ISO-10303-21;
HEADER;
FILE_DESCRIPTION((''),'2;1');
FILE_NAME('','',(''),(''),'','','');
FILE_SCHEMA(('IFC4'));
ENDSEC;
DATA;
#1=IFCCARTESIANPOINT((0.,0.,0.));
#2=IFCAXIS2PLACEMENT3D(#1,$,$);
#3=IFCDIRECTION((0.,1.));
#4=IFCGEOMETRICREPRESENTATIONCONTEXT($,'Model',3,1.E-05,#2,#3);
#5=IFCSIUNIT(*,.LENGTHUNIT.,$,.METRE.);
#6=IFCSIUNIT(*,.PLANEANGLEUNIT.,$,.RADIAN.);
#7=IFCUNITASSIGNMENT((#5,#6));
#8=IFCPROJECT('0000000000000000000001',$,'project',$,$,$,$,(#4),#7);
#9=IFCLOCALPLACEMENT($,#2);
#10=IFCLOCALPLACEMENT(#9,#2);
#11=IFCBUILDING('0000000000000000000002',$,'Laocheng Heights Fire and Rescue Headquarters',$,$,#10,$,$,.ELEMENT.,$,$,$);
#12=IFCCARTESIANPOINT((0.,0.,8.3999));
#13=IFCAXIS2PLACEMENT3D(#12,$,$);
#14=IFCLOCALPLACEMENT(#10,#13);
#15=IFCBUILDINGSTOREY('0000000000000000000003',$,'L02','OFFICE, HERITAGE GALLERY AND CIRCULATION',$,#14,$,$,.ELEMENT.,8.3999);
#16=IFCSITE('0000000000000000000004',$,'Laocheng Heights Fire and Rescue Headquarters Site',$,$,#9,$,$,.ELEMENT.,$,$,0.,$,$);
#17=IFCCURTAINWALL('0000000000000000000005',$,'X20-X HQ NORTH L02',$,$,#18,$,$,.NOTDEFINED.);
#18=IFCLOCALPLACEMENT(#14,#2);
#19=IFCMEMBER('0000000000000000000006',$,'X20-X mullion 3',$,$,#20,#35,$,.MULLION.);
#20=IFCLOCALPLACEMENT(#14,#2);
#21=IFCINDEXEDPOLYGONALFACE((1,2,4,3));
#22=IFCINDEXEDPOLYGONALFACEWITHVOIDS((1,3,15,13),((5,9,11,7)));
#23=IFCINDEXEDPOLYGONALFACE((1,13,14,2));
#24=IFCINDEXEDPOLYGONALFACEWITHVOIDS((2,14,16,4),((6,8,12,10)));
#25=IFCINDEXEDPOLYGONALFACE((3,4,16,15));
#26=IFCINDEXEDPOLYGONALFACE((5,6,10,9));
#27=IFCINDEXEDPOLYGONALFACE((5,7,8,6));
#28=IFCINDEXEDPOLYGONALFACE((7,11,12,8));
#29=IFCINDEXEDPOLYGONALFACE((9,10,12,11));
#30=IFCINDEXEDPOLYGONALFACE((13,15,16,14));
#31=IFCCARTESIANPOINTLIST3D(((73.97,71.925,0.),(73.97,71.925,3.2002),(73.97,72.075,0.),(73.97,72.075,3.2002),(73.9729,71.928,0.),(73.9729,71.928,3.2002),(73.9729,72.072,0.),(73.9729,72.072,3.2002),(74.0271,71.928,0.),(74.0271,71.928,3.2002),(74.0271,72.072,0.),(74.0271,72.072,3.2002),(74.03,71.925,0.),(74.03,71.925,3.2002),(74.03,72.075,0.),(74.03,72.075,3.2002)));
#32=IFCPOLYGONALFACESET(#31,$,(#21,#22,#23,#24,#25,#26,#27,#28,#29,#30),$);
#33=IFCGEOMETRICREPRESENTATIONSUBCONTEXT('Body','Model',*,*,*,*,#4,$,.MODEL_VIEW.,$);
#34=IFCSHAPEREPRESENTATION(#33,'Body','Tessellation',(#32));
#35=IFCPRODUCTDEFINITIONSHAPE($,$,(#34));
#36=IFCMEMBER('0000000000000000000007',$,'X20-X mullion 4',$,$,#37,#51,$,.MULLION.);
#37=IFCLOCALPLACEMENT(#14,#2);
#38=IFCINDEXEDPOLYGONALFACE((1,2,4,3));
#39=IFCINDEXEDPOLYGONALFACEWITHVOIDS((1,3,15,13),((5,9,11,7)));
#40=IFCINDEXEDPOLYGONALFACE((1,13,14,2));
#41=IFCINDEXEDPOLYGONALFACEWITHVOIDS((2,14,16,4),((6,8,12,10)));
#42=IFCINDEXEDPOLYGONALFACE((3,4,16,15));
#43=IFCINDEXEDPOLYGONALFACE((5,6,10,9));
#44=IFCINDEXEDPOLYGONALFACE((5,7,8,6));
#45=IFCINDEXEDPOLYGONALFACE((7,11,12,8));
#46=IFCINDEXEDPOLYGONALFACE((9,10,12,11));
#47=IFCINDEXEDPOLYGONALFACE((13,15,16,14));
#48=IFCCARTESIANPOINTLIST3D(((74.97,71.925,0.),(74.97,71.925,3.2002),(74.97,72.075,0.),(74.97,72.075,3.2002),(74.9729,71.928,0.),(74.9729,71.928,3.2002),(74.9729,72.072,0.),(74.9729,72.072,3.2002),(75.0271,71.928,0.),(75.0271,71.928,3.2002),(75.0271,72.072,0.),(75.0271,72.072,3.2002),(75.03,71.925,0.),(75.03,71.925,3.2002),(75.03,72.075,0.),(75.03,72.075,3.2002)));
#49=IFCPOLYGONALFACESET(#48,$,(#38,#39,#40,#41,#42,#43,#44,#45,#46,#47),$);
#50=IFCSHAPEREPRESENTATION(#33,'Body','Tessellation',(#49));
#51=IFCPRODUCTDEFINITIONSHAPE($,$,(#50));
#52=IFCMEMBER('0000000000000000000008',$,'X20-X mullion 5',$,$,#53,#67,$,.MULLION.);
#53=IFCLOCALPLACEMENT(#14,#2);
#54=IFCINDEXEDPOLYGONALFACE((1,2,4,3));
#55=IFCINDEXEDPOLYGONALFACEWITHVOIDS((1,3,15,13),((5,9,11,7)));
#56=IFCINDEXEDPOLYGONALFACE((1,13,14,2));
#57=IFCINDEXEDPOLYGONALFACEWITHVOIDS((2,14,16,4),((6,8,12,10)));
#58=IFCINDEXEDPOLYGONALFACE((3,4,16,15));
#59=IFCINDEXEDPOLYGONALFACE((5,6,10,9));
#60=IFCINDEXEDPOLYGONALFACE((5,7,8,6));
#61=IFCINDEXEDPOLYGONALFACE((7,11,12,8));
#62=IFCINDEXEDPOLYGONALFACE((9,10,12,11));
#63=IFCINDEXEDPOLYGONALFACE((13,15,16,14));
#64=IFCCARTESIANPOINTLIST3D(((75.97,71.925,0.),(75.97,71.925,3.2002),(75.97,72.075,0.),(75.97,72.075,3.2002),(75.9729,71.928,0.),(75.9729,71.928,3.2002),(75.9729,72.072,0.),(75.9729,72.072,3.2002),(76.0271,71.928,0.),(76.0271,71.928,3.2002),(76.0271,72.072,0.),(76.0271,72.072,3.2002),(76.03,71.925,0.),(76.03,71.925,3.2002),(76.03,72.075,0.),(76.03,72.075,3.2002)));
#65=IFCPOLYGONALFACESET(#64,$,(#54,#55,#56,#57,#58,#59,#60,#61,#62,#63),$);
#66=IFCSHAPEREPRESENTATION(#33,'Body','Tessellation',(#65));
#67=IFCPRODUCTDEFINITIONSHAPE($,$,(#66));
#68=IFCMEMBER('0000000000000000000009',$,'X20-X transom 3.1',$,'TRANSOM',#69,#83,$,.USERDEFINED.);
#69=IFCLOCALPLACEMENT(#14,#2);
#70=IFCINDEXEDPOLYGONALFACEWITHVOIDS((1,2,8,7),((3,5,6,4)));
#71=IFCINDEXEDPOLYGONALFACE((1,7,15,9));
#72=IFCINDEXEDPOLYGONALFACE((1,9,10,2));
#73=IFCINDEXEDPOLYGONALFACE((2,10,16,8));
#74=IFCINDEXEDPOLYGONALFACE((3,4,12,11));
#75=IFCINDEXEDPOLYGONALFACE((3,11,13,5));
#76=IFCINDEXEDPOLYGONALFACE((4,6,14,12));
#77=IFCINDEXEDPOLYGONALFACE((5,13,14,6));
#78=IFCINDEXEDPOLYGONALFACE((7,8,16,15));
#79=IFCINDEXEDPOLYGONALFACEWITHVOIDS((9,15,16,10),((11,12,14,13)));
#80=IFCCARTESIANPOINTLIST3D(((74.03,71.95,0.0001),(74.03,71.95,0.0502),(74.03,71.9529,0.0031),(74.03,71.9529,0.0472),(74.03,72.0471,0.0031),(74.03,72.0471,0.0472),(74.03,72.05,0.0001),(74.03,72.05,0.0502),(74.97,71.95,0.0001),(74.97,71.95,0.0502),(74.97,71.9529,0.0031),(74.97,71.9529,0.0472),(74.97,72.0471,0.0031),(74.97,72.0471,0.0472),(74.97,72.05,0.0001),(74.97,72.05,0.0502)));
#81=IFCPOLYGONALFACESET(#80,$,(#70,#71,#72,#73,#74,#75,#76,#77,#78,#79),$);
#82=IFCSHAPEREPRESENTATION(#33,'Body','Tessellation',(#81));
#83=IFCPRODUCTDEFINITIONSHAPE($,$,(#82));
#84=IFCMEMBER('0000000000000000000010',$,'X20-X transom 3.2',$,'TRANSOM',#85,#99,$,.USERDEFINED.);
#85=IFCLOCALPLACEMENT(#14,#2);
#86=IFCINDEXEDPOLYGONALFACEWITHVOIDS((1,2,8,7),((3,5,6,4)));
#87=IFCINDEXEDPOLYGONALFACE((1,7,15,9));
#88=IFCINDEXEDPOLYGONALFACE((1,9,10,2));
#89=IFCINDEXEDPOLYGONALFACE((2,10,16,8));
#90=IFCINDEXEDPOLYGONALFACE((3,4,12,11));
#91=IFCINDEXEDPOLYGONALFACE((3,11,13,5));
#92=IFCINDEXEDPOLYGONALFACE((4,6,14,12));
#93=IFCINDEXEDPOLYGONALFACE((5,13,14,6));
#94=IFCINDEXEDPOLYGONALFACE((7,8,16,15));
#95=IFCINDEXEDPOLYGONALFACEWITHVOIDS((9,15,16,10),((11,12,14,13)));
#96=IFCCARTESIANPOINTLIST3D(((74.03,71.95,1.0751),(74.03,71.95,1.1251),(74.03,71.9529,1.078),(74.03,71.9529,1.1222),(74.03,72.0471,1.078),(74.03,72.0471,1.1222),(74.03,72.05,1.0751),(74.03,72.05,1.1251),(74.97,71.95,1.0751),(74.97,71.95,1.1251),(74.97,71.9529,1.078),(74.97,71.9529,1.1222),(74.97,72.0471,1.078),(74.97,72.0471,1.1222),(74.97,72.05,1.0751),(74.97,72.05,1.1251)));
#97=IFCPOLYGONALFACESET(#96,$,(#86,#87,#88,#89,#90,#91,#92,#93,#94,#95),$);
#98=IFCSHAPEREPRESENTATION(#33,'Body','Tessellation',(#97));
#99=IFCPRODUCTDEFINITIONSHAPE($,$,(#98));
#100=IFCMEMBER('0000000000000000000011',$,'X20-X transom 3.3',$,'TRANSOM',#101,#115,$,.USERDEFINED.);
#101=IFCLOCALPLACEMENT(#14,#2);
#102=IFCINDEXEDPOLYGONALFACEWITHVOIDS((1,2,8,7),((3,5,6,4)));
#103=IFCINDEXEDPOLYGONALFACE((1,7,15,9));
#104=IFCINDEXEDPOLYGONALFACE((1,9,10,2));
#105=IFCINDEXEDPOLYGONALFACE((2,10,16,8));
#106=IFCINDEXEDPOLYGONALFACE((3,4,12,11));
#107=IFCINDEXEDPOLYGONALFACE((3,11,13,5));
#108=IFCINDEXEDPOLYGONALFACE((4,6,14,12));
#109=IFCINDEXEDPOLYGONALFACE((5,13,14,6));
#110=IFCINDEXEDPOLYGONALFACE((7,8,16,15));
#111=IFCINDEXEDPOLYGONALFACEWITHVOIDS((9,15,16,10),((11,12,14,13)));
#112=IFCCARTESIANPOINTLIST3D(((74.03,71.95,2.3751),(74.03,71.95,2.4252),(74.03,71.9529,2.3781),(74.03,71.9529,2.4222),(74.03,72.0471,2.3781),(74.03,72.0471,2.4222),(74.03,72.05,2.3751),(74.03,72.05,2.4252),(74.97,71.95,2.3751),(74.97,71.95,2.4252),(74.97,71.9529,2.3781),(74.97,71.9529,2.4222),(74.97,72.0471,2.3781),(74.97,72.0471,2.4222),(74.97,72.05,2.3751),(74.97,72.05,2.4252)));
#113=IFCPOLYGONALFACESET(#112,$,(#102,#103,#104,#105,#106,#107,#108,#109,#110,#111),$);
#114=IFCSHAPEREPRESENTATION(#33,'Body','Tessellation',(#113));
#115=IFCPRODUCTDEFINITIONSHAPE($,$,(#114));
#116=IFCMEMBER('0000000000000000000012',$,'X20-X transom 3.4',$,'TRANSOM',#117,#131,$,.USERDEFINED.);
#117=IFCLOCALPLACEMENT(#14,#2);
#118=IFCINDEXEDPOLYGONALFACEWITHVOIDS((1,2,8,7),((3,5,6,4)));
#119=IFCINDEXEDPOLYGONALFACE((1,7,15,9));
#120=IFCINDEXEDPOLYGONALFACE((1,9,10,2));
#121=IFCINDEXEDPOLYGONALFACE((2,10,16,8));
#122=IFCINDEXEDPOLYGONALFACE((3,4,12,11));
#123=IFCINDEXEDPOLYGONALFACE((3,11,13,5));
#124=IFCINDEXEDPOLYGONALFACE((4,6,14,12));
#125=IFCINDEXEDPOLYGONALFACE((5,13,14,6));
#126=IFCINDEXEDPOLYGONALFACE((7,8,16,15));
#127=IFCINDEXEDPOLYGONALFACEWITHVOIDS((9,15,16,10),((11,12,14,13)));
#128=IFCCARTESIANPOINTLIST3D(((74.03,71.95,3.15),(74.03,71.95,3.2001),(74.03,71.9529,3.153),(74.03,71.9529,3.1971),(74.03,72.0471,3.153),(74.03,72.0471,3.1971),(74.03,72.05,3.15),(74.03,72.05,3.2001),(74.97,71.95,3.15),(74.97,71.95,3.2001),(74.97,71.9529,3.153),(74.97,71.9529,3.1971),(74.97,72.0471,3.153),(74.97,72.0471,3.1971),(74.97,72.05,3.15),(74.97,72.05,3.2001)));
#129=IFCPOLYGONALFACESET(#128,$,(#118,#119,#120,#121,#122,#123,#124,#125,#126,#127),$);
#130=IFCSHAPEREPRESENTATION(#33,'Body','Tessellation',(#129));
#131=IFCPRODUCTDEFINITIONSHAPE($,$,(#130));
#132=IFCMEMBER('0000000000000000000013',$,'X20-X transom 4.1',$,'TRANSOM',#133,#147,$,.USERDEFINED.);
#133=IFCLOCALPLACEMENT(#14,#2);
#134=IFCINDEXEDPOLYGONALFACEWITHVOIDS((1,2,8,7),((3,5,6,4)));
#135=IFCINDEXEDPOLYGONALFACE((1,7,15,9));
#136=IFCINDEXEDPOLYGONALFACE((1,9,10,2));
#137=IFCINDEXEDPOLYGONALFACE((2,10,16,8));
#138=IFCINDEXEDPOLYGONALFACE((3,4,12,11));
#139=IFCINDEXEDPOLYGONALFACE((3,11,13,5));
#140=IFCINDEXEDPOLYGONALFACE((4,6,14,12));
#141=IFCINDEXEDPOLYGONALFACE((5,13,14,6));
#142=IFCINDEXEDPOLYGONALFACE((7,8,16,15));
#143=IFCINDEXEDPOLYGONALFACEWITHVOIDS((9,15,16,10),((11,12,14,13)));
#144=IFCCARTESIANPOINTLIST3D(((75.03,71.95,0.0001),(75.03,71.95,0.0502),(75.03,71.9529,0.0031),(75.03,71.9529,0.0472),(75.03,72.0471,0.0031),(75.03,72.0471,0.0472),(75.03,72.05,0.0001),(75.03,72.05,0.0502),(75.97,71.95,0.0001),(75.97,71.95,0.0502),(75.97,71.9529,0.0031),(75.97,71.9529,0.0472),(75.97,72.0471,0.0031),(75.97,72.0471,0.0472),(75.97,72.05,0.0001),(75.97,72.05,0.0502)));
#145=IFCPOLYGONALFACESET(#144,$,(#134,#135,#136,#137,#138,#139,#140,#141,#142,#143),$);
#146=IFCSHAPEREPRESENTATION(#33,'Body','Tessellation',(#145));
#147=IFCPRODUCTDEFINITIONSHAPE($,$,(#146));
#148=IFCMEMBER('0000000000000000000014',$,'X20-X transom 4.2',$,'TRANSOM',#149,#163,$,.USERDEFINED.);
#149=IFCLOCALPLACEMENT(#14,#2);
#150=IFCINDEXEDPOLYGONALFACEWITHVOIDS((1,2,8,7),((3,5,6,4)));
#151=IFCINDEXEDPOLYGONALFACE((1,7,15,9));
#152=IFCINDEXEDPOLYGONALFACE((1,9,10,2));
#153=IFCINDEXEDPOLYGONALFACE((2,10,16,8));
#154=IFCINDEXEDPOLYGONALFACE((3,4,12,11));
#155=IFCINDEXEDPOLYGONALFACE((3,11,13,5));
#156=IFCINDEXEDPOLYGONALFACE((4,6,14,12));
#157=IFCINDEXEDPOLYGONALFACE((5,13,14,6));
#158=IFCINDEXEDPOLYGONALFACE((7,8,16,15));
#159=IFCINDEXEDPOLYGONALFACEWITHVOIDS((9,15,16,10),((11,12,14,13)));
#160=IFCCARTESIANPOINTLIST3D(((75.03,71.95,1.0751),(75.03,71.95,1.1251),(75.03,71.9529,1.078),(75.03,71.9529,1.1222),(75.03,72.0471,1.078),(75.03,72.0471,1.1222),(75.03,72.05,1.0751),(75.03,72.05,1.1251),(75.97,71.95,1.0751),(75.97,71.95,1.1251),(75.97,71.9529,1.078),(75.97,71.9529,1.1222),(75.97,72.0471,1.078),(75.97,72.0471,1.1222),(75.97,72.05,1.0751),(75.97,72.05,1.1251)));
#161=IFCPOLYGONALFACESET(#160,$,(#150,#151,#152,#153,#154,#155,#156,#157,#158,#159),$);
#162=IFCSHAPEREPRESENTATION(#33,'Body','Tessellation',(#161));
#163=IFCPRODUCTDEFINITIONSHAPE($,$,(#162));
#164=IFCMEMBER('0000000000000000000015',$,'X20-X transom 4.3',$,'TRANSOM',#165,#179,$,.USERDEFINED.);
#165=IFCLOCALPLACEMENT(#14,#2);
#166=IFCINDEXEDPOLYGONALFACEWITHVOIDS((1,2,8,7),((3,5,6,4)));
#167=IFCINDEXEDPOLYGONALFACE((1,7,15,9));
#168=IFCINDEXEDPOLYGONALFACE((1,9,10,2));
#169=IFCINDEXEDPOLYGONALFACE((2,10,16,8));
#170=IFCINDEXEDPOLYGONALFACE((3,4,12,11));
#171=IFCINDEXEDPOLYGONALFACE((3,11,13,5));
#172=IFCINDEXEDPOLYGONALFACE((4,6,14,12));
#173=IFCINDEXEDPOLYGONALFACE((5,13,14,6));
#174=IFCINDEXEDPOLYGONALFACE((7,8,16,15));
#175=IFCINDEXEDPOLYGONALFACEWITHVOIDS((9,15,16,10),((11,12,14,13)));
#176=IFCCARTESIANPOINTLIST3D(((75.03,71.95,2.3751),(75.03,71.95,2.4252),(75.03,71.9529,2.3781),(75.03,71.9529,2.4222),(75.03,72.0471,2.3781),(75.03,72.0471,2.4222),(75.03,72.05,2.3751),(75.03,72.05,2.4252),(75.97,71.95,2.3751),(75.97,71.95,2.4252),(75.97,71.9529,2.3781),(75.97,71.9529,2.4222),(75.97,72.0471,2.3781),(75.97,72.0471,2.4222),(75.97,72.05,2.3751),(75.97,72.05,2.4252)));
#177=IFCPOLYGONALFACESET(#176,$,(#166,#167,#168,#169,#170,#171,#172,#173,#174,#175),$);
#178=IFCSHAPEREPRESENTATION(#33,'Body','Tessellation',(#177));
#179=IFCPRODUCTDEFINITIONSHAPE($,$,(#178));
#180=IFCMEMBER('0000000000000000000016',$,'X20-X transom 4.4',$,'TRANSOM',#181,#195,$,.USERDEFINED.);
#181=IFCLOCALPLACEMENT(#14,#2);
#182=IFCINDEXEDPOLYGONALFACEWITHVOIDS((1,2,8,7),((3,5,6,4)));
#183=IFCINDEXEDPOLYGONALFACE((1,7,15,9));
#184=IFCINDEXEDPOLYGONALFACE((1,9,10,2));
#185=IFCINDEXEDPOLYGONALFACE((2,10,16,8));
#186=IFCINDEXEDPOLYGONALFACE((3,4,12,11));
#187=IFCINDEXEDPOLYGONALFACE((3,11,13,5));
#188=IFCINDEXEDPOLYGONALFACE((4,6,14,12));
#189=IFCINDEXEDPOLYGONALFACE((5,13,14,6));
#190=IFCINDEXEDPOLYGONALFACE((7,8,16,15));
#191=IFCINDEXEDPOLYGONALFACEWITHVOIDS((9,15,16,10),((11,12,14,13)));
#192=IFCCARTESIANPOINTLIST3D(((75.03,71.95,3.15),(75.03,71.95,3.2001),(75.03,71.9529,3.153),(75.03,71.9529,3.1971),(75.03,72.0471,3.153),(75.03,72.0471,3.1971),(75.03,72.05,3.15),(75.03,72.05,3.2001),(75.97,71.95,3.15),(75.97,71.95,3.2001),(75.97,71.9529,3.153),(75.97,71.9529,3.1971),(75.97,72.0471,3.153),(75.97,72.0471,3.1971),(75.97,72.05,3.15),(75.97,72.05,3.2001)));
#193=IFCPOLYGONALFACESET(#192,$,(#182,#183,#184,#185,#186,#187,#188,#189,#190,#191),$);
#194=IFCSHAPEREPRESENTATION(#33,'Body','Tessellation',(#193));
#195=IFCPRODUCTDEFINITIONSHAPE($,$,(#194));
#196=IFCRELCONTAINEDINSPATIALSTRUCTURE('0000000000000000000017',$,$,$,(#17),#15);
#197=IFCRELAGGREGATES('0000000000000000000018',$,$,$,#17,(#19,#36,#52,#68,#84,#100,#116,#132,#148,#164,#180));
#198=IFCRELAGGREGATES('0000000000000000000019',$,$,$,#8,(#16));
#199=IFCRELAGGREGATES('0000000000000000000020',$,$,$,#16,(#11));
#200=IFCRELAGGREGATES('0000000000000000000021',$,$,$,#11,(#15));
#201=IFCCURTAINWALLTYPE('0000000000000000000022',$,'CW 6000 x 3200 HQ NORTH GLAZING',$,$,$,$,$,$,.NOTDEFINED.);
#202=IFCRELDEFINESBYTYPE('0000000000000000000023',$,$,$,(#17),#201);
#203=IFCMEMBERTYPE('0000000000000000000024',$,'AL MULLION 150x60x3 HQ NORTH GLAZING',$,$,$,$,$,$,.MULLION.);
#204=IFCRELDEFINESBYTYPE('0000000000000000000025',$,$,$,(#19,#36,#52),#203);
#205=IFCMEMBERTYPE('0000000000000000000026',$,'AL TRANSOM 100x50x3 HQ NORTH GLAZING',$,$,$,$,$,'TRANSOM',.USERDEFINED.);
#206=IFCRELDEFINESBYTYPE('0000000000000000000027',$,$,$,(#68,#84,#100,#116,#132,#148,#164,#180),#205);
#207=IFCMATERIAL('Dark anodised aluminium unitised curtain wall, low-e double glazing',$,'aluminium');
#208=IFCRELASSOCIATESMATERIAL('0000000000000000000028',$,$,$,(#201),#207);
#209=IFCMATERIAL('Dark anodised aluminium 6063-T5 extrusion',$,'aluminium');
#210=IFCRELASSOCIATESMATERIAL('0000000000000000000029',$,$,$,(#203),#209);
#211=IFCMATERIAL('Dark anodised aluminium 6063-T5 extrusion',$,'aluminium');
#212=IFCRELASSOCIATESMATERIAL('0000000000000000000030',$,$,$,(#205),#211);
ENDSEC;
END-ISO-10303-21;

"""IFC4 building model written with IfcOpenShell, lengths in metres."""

from ifc_helpers import new_model, si_unit, direction, frame, origin, origin_2d, place, context, subcontext, project, spatial, hollow_rectangle, extrude, material, material_profile, profile_set, type_object, element, aggregate, save


model = new_model("IFC4")

# Units and contexts
model_context = context("Model", 3, precision=1e-05, world=origin(), true_north=direction((0.0, 1.0)))
body_context = subcontext(model_context, "Body", "Model", "MODEL_VIEW")
ifc_project = project(units=[si_unit("LENGTHUNIT", "METRE"), si_unit("PLANEANGLEUNIT", "RADIAN")], contexts=[model_context])

# Site, building, storey
site_placement = place(None, origin())
site = spatial("IfcSite", under=ifc_project, at=site_placement, Name="Laocheng Heights Fire and Rescue Headquarters Site", CompositionType="ELEMENT", RefElevation=0.0)
building_placement = place(site_placement, origin())
building = spatial("IfcBuilding", under=site, at=building_placement, Name="Laocheng Heights Fire and Rescue Headquarters", CompositionType="ELEMENT")
storey_placement = place(building_placement, frame((0.0, 0.0, 8.3999)))
storey = spatial("IfcBuildingStorey", under=building, at=storey_placement, Name="L02", Description="OFFICE, HERITAGE GALLERY AND CIRCULATION", CompositionType="ELEMENT", Elevation=8.3999)

# Curtain wall, members
ifc_material_1 = material(Name="Dark anodised aluminium unitised curtain wall, low-e double glazing", Category="aluminium")
curtain_wall_type = type_object("IfcCurtainWallType", Name="CW 6000 x 3200 HQ NORTH GLAZING", PredefinedType="NOTDEFINED", material=ifc_material_1)
curtain_wall_placement = place(storey_placement, origin())
curtain_wall = element("IfcCurtainWall", 1, at=curtain_wall_placement, inside=storey, type_object=curtain_wall_type, Name="X20-X HQ NORTH L02", PredefinedType="NOTDEFINED")
ifc_material_2 = material(Name="Dark anodised aluminium 6063-T5 extrusion", Category="aluminium")
ifc_material_profile_1 = material_profile(ifc_material_2, hollow_rectangle(XDim=0.1499, YDim=0.0601, WallThickness=0.0029, at=origin_2d()), Name="AL MULLION 150x60x3 HQ NORTH GLAZING")
ifc_profile_set_1 = profile_set([ifc_material_profile_1], Name="Dark anodised aluminium 6063-T5 extrusion")
member_type_1 = type_object("IfcMemberType", Name="AL MULLION 150x60x3 HQ NORTH GLAZING", PredefinedType="MULLION", material=ifc_profile_set_1)
member_1_placement = place(storey_placement, frame((74.0, 72.0, 0.0), z_axis=(0.0, 0.0, 1.0), x_axis=(0.0, 1.0, 0.0)))
member_1 = element("IfcMember", 2, at=member_1_placement, type_object=member_type_1, Name="X20-X mullion 3", PredefinedType="MULLION", context=body_context, shape_type="SweptSolid", body=[
    extrude(hollow_rectangle(XDim=0.1499, YDim=0.0601, WallThickness=0.0029, at=origin_2d()), origin(), (0.0, 0.0, 1.0), 3.2002),
])
member_2_placement = place(storey_placement, frame((75.0, 72.0, 0.0), z_axis=(0.0, 0.0, 1.0), x_axis=(0.0, 1.0, 0.0)))
member_2 = element("IfcMember", 3, at=member_2_placement, type_object=member_type_1, Name="X20-X mullion 4", PredefinedType="MULLION", context=body_context, shape_type="SweptSolid", body=[
    extrude(hollow_rectangle(XDim=0.1499, YDim=0.0601, WallThickness=0.0029, at=origin_2d()), origin(), (0.0, 0.0, 1.0), 3.2002),
])
member_3_placement = place(storey_placement, frame((76.0, 72.0, 0.0), z_axis=(0.0, 0.0, 1.0), x_axis=(0.0, 1.0, 0.0)))
member_3 = element("IfcMember", 4, at=member_3_placement, type_object=member_type_1, Name="X20-X mullion 5", PredefinedType="MULLION", context=body_context, shape_type="SweptSolid", body=[
    extrude(hollow_rectangle(XDim=0.1499, YDim=0.0601, WallThickness=0.0029, at=origin_2d()), origin(), (0.0, 0.0, 1.0), 3.2002),
])
ifc_material_3 = material(Name="Dark anodised aluminium 6063-T5 extrusion", Category="aluminium")
ifc_material_profile_2 = material_profile(ifc_material_3, hollow_rectangle(XDim=0.1001, YDim=0.05, WallThickness=0.0029, at=origin_2d()), Name="AL TRANSOM 100x50x3 HQ NORTH GLAZING")
ifc_profile_set_2 = profile_set([ifc_material_profile_2], Name="Dark anodised aluminium 6063-T5 extrusion")
member_type_2 = type_object("IfcMemberType", Name="AL TRANSOM 100x50x3 HQ NORTH GLAZING", ElementType="TRANSOM", PredefinedType="USERDEFINED", material=ifc_profile_set_2)
member_4_placement = place(storey_placement, frame((74.03, 72.0, 0.0251), z_axis=(1.0, 0.0, 0.0), x_axis=(0.0, 1.0, 0.0)))
member_4 = element("IfcMember", 5, at=member_4_placement, type_object=member_type_2, Name="X20-X transom 3.1", ObjectType="TRANSOM", PredefinedType="USERDEFINED", context=body_context, shape_type="SweptSolid", body=[
    extrude(hollow_rectangle(XDim=0.1001, YDim=0.05, WallThickness=0.0029, at=origin_2d()), origin(), (0.0, 0.0, 1.0), 0.9399),
])
member_5_placement = place(storey_placement, frame((74.03, 72.0, 1.1001), z_axis=(1.0, 0.0, 0.0), x_axis=(0.0, 1.0, 0.0)))
member_5 = element("IfcMember", 6, at=member_5_placement, type_object=member_type_2, Name="X20-X transom 3.2", ObjectType="TRANSOM", PredefinedType="USERDEFINED", context=body_context, shape_type="SweptSolid", body=[
    extrude(hollow_rectangle(XDim=0.1001, YDim=0.05, WallThickness=0.0029, at=origin_2d()), origin(), (0.0, 0.0, 1.0), 0.9399),
])
member_6_placement = place(storey_placement, frame((74.03, 72.0, 2.4001), z_axis=(1.0, 0.0, 0.0), x_axis=(0.0, 1.0, 0.0)))
member_6 = element("IfcMember", 7, at=member_6_placement, type_object=member_type_2, Name="X20-X transom 3.3", ObjectType="TRANSOM", PredefinedType="USERDEFINED", context=body_context, shape_type="SweptSolid", body=[
    extrude(hollow_rectangle(XDim=0.1001, YDim=0.05, WallThickness=0.0029, at=origin_2d()), origin(), (0.0, 0.0, 1.0), 0.9399),
])
member_7_placement = place(storey_placement, frame((74.03, 72.0, 3.175), z_axis=(1.0, 0.0, 0.0), x_axis=(0.0, 1.0, 0.0)))
member_7 = element("IfcMember", 8, at=member_7_placement, type_object=member_type_2, Name="X20-X transom 3.4", ObjectType="TRANSOM", PredefinedType="USERDEFINED", context=body_context, shape_type="SweptSolid", body=[
    extrude(hollow_rectangle(XDim=0.1001, YDim=0.05, WallThickness=0.0029, at=origin_2d()), origin(), (0.0, 0.0, 1.0), 0.9399),
])
member_8_placement = place(storey_placement, frame((75.03, 72.0, 0.0251), z_axis=(1.0, 0.0, 0.0), x_axis=(0.0, 1.0, 0.0)))
member_8 = element("IfcMember", 9, at=member_8_placement, type_object=member_type_2, Name="X20-X transom 4.1", ObjectType="TRANSOM", PredefinedType="USERDEFINED", context=body_context, shape_type="SweptSolid", body=[
    extrude(hollow_rectangle(XDim=0.1001, YDim=0.05, WallThickness=0.0029, at=origin_2d()), origin(), (0.0, 0.0, 1.0), 0.9399),
])
member_9_placement = place(storey_placement, frame((75.03, 72.0, 1.1001), z_axis=(1.0, 0.0, 0.0), x_axis=(0.0, 1.0, 0.0)))
member_9 = element("IfcMember", 10, at=member_9_placement, type_object=member_type_2, Name="X20-X transom 4.2", ObjectType="TRANSOM", PredefinedType="USERDEFINED", context=body_context, shape_type="SweptSolid", body=[
    extrude(hollow_rectangle(XDim=0.1001, YDim=0.05, WallThickness=0.0029, at=origin_2d()), origin(), (0.0, 0.0, 1.0), 0.9399),
])
member_10_placement = place(storey_placement, frame((75.03, 72.0, 2.4001), z_axis=(1.0, 0.0, 0.0), x_axis=(0.0, 1.0, 0.0)))
member_10 = element("IfcMember", 11, at=member_10_placement, type_object=member_type_2, Name="X20-X transom 4.3", ObjectType="TRANSOM", PredefinedType="USERDEFINED", context=body_context, shape_type="SweptSolid", body=[
    extrude(hollow_rectangle(XDim=0.1001, YDim=0.05, WallThickness=0.0029, at=origin_2d()), origin(), (0.0, 0.0, 1.0), 0.9399),
])
member_11_placement = place(storey_placement, frame((75.03, 72.0, 3.175), z_axis=(1.0, 0.0, 0.0), x_axis=(0.0, 1.0, 0.0)))
member_11 = element("IfcMember", 12, at=member_11_placement, type_object=member_type_2, Name="X20-X transom 4.4", ObjectType="TRANSOM", PredefinedType="USERDEFINED", context=body_context, shape_type="SweptSolid", body=[
    extrude(hollow_rectangle(XDim=0.1001, YDim=0.05, WallThickness=0.0029, at=origin_2d()), origin(), (0.0, 0.0, 1.0), 0.9399),
])
aggregate(curtain_wall, [member_1, member_2, member_3, member_4, member_5, member_6, member_7, member_8, member_9, member_10, member_11])

save(model, "model.ifc")
